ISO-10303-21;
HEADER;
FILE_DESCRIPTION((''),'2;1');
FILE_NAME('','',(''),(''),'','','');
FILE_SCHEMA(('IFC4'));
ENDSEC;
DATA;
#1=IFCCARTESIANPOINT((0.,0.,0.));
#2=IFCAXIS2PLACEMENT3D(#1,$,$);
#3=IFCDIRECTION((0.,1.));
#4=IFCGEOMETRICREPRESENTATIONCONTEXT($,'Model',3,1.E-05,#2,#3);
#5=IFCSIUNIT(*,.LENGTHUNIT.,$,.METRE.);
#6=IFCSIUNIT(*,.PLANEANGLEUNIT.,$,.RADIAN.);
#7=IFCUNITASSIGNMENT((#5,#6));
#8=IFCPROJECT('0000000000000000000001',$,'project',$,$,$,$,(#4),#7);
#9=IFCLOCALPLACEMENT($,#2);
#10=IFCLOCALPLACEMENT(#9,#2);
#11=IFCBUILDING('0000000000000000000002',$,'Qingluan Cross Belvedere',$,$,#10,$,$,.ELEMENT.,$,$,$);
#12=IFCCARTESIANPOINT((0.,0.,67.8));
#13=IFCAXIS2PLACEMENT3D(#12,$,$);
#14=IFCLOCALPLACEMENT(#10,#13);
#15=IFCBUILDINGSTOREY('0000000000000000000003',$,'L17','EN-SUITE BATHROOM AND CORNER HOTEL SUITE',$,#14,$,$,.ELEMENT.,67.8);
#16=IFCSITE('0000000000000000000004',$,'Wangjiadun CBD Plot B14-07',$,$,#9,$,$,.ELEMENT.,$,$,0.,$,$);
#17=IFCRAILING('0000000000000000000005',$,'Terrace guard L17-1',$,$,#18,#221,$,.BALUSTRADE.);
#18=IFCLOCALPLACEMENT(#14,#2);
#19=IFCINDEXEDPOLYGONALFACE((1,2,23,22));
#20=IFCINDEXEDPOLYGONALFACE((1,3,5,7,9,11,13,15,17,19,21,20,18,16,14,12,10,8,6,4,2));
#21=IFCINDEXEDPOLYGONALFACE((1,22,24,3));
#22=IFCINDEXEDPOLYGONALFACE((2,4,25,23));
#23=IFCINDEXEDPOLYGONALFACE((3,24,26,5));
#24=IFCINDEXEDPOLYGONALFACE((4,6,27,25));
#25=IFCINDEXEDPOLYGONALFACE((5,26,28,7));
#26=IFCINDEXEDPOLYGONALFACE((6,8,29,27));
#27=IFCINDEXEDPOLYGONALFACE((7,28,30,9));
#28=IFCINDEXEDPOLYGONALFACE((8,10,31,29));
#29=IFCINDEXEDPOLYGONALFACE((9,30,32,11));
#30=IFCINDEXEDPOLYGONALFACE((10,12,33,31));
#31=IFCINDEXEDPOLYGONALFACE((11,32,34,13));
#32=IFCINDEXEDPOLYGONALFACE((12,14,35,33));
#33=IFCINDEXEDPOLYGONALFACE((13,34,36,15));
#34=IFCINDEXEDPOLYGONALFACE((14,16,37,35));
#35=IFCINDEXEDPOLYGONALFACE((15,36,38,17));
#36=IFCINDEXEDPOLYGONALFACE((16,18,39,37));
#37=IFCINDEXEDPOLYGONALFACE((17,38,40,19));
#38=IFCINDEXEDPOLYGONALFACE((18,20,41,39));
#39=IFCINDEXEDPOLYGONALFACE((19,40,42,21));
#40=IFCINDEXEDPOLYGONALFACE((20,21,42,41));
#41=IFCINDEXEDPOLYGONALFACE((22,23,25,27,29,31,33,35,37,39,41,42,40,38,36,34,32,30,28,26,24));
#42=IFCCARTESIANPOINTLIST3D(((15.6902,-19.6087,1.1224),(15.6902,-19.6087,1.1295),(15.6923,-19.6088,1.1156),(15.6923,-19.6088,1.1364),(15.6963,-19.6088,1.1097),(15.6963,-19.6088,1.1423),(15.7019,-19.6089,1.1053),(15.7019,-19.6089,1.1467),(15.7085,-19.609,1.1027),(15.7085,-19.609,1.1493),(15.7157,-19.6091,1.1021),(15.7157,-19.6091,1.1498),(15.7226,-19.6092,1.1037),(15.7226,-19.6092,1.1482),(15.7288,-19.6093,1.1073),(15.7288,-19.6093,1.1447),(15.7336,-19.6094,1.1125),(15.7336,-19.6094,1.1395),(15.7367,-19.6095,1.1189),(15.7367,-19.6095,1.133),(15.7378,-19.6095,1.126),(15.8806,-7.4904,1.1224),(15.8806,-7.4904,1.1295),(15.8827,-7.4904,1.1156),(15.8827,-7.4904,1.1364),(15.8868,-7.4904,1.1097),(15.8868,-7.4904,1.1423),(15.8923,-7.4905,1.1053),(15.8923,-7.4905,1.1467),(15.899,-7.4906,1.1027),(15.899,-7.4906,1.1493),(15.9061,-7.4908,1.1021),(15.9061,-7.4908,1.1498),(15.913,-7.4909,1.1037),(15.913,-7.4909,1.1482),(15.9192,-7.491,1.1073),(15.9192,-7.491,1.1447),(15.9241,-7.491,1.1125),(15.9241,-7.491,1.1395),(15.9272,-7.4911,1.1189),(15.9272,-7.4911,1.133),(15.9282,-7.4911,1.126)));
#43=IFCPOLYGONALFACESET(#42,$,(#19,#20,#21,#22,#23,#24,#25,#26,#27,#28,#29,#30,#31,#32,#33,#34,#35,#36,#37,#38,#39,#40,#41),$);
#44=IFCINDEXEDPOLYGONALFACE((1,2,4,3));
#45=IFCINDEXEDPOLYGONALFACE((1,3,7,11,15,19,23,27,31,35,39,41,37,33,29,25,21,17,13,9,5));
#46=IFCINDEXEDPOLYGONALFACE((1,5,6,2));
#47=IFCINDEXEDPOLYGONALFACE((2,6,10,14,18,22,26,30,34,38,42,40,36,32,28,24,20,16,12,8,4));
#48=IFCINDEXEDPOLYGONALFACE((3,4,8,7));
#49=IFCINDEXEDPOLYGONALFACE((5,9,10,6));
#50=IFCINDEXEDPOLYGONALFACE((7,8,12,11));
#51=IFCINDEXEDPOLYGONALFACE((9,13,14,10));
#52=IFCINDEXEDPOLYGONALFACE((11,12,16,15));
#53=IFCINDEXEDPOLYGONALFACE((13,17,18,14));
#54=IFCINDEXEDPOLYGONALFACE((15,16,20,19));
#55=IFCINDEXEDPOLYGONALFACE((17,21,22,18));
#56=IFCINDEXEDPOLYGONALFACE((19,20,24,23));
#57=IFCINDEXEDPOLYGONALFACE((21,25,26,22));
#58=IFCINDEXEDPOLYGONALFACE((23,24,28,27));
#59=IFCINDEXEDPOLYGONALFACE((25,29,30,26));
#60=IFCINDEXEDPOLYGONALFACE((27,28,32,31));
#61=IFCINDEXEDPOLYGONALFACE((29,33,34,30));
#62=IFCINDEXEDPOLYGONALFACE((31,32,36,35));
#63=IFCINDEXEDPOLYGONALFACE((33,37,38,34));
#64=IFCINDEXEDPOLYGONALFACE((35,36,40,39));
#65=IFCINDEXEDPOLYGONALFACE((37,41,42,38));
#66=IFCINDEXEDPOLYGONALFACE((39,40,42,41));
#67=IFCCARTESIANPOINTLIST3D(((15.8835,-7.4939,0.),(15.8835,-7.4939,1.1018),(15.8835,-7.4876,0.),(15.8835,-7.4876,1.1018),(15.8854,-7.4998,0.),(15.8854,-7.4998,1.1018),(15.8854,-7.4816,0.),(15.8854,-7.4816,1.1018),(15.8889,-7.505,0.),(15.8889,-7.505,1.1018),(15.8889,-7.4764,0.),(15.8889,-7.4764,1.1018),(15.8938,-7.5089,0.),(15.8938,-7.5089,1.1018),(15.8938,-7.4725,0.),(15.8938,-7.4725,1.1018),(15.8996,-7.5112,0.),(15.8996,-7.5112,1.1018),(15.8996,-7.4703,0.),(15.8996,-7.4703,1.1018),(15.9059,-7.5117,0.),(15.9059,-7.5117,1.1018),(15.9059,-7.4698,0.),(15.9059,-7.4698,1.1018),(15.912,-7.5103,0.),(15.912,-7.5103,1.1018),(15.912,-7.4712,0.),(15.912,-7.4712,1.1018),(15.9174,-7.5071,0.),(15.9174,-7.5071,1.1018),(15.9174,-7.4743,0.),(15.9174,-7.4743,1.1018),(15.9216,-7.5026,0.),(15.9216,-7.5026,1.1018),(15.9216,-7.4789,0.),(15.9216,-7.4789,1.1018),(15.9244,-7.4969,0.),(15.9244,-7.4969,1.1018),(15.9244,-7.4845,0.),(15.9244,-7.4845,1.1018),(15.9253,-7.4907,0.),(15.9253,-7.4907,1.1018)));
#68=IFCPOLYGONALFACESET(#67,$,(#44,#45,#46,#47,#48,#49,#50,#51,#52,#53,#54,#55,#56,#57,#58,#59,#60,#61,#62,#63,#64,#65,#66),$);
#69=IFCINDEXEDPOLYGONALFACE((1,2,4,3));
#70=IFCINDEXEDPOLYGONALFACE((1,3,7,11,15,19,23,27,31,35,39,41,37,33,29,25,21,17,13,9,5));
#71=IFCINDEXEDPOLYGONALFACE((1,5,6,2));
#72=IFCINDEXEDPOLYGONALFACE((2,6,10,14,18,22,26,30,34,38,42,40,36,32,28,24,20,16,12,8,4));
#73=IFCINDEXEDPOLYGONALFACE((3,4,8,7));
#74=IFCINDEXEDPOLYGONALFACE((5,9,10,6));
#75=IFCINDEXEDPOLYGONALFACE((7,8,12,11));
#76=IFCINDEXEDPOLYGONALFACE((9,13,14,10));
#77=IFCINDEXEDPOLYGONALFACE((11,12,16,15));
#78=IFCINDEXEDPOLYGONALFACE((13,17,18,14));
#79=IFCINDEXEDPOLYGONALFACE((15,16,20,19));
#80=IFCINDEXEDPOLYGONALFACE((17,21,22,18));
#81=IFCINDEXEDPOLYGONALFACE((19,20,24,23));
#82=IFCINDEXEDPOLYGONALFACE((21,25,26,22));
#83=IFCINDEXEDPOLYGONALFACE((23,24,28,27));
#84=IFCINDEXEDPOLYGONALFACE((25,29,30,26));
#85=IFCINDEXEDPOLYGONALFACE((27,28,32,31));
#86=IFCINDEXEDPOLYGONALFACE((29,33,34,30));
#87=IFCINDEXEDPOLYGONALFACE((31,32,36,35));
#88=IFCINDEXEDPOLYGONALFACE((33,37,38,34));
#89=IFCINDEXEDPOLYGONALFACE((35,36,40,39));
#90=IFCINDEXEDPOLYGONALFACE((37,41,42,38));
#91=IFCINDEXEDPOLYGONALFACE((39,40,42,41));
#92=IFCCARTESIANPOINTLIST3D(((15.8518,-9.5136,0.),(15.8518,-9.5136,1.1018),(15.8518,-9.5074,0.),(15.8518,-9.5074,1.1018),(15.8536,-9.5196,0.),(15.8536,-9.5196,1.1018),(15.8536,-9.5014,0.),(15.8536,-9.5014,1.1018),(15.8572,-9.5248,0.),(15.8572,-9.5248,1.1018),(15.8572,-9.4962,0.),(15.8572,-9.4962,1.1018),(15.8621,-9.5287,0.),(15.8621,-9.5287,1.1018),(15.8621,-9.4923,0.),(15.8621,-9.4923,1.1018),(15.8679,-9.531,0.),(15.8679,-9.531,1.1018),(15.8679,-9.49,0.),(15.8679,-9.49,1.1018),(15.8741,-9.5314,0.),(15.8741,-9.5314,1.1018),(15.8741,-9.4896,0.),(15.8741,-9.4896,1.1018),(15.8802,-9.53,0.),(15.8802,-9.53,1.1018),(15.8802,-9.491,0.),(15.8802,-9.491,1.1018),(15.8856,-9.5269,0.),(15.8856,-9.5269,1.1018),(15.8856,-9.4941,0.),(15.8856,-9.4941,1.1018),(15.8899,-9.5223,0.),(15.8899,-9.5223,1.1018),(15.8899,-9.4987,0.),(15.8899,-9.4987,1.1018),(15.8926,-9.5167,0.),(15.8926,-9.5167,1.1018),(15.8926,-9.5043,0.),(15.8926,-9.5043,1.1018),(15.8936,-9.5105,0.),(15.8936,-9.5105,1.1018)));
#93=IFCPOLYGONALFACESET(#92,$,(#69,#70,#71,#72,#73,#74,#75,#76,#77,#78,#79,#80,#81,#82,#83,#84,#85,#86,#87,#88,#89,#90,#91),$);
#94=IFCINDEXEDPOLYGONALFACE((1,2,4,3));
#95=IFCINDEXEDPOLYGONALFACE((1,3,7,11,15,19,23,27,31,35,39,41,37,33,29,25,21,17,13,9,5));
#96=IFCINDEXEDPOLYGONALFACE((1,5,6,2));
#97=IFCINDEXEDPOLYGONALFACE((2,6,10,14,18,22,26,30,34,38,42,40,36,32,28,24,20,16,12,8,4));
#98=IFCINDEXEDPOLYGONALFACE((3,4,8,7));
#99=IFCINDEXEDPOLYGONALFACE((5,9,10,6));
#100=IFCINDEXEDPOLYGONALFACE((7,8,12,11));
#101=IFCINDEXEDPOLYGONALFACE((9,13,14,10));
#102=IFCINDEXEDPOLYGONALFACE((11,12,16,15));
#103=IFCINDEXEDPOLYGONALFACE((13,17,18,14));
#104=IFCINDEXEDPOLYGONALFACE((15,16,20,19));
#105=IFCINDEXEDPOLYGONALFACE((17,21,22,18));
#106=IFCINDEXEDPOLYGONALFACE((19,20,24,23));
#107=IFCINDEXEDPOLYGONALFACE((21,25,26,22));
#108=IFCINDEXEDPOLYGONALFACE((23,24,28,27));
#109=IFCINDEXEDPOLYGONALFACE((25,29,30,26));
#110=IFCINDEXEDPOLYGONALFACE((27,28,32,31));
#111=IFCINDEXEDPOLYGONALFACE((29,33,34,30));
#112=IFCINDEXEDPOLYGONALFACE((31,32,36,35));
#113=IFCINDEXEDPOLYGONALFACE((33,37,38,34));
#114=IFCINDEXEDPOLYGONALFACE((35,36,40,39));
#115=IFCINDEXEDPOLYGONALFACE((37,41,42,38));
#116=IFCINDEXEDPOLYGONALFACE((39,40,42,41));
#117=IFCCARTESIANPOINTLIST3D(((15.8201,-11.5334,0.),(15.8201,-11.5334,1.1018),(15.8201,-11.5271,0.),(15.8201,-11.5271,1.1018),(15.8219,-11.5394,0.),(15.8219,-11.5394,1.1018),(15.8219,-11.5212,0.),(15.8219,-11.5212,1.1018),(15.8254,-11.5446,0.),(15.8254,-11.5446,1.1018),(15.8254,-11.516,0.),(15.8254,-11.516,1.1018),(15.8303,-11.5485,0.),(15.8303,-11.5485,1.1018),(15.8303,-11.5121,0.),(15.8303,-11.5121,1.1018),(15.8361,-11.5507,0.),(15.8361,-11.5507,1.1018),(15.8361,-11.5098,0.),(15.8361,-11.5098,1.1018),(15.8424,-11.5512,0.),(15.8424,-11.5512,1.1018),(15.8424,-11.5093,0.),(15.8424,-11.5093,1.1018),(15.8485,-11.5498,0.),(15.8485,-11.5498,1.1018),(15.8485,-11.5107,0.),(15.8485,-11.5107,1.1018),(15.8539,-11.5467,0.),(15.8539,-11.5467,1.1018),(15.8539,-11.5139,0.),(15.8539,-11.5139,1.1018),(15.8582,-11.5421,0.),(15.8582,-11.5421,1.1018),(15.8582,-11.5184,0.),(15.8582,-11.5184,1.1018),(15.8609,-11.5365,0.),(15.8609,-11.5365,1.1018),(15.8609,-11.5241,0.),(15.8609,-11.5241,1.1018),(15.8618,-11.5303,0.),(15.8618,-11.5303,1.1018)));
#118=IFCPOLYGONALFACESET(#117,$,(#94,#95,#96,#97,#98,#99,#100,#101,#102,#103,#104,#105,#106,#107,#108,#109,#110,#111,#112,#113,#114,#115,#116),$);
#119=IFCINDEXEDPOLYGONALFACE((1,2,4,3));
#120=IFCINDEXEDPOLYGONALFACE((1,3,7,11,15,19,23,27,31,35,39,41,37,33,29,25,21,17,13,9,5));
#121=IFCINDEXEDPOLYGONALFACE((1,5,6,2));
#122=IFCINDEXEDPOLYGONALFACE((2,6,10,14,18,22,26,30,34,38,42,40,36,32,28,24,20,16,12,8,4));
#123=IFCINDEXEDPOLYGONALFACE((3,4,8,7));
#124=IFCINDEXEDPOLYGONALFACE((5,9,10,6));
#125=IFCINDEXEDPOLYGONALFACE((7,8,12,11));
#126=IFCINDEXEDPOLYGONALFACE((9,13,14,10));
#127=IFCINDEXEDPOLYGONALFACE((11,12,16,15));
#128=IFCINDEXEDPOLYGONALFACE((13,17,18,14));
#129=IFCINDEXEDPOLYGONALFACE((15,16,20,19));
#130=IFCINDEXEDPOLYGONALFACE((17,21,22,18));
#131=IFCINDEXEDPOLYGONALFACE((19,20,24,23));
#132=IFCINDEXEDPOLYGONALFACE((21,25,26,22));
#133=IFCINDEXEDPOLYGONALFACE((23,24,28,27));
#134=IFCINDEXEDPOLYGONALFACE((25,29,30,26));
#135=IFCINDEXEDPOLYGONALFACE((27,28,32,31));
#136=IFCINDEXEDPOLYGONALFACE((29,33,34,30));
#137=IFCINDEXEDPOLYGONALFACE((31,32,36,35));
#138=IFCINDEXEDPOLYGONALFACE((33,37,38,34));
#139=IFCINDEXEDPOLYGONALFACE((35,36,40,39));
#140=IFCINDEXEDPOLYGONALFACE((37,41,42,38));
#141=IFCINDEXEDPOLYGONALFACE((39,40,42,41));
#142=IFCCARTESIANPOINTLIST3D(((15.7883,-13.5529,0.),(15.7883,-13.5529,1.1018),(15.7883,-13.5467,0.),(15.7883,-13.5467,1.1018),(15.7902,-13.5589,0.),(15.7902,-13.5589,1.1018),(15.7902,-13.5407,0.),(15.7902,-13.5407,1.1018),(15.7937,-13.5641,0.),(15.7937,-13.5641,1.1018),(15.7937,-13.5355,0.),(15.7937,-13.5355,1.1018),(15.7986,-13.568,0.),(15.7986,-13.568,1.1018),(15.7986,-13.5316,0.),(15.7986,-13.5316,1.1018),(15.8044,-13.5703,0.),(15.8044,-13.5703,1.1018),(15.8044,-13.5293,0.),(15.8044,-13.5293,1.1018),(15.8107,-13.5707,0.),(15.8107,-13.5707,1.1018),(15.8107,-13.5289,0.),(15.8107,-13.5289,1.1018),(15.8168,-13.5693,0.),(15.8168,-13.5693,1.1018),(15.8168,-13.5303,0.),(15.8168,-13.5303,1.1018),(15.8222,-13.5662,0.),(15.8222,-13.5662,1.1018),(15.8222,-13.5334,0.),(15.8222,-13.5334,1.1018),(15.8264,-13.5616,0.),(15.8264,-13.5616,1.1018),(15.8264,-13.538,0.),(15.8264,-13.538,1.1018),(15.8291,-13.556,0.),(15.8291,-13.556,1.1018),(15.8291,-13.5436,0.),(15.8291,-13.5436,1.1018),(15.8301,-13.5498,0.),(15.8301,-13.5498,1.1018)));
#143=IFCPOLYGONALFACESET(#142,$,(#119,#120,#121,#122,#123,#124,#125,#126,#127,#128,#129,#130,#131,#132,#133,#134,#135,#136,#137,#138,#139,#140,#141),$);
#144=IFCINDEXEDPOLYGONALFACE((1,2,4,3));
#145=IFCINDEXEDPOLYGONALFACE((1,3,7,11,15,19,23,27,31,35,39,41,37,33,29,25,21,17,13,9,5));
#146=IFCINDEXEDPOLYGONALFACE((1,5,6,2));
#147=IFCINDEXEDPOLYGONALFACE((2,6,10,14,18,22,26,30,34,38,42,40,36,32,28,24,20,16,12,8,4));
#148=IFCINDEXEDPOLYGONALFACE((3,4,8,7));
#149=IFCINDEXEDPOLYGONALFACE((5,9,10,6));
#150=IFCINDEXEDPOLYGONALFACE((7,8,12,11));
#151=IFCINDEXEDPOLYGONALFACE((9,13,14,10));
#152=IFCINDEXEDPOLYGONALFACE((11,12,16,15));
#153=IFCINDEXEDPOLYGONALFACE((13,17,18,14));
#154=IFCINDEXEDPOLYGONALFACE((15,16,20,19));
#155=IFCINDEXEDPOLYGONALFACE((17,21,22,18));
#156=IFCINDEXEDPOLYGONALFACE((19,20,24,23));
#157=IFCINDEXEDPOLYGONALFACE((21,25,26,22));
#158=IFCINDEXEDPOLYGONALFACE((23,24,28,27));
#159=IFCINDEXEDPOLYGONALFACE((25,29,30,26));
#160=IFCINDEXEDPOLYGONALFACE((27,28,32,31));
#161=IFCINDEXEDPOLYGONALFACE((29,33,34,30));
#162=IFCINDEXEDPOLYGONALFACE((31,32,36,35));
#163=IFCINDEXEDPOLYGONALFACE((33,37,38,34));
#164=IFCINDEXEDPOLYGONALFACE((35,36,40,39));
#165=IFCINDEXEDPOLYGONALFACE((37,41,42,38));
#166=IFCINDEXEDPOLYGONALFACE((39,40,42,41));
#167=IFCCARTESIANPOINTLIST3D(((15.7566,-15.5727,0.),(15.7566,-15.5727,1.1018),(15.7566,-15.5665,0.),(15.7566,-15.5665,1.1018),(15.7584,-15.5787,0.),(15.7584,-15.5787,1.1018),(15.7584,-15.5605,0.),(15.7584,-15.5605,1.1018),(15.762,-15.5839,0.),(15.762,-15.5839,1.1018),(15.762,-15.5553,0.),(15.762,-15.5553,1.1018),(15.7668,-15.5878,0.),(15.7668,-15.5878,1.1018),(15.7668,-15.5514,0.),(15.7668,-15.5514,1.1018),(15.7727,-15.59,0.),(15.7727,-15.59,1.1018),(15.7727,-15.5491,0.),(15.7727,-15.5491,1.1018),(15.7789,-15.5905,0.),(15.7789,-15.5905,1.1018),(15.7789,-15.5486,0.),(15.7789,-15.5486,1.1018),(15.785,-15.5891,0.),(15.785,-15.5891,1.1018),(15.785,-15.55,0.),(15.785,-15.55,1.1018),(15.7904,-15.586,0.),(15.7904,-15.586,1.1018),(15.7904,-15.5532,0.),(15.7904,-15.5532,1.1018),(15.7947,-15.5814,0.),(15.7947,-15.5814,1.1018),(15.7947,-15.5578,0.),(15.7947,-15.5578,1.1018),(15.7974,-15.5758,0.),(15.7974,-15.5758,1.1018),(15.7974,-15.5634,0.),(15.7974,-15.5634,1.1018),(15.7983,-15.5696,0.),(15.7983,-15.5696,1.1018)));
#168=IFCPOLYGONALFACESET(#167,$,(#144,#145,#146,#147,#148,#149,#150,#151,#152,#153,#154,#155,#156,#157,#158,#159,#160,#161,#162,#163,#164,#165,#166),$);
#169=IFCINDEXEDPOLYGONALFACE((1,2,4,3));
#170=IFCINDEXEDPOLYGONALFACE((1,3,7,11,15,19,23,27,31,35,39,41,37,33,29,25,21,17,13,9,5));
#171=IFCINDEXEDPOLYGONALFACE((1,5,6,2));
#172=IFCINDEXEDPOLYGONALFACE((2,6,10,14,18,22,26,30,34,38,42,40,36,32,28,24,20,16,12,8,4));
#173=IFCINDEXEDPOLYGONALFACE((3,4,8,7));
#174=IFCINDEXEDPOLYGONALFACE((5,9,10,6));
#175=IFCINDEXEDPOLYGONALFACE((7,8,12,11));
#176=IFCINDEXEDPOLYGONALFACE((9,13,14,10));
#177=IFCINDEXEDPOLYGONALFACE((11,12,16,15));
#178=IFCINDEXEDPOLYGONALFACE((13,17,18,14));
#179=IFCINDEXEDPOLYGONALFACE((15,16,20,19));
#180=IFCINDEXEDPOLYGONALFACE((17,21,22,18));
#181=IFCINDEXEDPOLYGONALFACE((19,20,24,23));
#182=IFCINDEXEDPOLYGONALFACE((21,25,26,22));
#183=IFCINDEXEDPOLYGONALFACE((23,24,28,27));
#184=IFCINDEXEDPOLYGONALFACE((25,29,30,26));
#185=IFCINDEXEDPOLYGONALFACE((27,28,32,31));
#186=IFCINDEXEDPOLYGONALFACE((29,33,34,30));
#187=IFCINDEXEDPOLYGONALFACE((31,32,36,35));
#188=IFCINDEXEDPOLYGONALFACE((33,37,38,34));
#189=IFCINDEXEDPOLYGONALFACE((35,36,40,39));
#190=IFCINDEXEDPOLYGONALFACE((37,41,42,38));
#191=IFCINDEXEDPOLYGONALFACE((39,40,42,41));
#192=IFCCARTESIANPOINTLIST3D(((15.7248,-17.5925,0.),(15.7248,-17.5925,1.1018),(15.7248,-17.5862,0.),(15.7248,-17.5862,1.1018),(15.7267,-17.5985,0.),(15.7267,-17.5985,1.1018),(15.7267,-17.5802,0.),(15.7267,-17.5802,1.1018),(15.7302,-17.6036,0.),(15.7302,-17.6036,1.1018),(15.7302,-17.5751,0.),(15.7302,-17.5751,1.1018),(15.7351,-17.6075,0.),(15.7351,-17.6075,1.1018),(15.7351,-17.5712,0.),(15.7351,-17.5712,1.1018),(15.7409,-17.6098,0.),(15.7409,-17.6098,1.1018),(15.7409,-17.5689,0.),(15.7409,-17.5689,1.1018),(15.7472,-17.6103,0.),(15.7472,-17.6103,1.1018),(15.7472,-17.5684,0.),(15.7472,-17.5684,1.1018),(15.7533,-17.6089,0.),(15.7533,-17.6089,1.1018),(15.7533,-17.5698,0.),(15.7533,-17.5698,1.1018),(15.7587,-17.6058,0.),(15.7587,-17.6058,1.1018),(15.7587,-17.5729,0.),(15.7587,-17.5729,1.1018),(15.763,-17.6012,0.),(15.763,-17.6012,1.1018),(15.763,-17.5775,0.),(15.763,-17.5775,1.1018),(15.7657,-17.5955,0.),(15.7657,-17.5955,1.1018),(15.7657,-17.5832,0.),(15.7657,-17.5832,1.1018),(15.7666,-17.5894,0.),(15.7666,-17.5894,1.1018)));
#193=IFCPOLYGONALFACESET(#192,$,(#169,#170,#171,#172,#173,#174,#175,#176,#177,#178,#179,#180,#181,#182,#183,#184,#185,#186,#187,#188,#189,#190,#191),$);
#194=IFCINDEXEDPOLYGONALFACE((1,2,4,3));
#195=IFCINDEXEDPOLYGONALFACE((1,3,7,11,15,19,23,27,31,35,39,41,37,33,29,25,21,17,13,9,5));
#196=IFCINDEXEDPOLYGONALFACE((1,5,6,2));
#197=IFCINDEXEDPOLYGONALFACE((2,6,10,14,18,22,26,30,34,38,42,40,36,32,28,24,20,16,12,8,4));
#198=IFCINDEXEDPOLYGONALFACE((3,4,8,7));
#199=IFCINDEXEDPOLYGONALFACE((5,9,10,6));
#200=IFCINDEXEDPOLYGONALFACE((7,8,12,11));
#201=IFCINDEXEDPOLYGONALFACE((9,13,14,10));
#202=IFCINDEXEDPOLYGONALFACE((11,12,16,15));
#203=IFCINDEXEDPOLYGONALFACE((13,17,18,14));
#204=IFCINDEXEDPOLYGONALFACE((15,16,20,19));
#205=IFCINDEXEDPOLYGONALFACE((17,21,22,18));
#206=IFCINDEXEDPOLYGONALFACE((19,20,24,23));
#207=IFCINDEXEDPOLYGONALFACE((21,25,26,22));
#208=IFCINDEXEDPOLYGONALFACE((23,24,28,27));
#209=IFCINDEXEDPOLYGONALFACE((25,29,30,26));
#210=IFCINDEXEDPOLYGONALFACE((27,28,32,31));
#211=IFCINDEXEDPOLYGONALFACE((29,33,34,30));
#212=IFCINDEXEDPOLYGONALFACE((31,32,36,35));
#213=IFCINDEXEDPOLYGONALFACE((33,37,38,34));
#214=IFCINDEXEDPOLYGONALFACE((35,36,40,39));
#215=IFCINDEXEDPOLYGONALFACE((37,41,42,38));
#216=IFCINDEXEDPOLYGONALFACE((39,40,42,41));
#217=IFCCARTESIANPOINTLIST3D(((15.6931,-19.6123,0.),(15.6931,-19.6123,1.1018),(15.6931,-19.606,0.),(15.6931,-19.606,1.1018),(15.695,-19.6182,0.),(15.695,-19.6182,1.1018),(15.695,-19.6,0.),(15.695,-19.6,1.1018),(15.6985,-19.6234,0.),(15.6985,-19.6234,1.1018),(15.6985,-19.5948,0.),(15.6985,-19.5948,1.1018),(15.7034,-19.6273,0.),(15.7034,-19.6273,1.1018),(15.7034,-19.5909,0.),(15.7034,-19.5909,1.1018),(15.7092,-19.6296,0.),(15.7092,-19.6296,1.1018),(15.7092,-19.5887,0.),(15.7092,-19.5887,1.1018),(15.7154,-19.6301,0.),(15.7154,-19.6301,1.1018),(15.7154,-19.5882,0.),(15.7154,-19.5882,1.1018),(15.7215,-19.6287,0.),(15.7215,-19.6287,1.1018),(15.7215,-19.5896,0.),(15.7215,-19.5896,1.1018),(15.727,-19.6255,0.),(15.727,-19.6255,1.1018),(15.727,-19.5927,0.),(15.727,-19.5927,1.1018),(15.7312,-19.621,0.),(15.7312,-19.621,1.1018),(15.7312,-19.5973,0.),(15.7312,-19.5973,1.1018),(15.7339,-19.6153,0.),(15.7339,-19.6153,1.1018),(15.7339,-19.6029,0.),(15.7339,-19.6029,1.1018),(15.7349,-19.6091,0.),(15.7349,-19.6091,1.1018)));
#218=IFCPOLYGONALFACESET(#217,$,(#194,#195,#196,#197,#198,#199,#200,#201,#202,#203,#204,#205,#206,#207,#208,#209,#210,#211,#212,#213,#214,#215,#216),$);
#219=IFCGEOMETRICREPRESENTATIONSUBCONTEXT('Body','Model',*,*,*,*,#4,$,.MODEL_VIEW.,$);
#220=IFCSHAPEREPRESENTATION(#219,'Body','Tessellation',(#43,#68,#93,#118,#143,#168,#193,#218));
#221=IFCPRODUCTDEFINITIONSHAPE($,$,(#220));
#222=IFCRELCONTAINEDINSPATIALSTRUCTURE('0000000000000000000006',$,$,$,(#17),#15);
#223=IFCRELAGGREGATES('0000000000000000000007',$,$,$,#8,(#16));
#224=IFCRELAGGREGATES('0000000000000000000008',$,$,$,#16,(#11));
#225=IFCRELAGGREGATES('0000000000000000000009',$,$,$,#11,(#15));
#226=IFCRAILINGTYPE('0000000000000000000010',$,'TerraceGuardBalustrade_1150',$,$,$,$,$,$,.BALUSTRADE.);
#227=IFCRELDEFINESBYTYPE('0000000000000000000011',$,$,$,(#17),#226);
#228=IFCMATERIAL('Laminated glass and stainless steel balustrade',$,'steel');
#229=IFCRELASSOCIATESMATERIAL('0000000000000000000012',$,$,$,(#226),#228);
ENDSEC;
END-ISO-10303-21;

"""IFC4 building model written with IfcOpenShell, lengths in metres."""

from ifc_helpers import new_model, si_unit, direction, frame, origin, origin_2d, place, context, subcontext, project, spatial, circle, extrude, material, type_object, element, save


model = new_model("IFC4")

# Units and contexts
model_context = context("Model", 3, precision=1e-05, world=origin(), true_north=direction((0.0, 1.0)))
body_context = subcontext(model_context, "Body", "Model", "MODEL_VIEW")
ifc_project = project(units=[si_unit("LENGTHUNIT", "METRE"), si_unit("PLANEANGLEUNIT", "RADIAN")], contexts=[model_context])

# Site, building, storey
site_placement = place(None, origin())
site = spatial("IfcSite", under=ifc_project, at=site_placement, Name="Wangjiadun CBD Plot B14-07", CompositionType="ELEMENT", RefElevation=0.0)
building_placement = place(site_placement, origin())
building = spatial("IfcBuilding", under=site, at=building_placement, Name="Qingluan Cross Belvedere", CompositionType="ELEMENT")
storey_placement = place(building_placement, frame((0.0, 0.0, 67.8)))
storey = spatial("IfcBuildingStorey", under=building, at=storey_placement, Name="L17", Description="EN-SUITE BATHROOM AND CORNER HOTEL SUITE", CompositionType="ELEMENT", Elevation=67.8)

# Railing
ifc_material_1 = material(Name="Laminated glass and stainless steel balustrade", Category="steel")
railing_type = type_object("IfcRailingType", Name="TerraceGuardBalustrade_1150", PredefinedType="BALUSTRADE", material=ifc_material_1)
railing_1_placement = place(storey_placement, frame((15.9043, -7.4907, 0.0)))
element("IfcRailing", 1, at=railing_1_placement, inside=storey, type_object=railing_type, Name="Terrace guard L17-1", PredefinedType="BALUSTRADE", context=body_context, shape_type="SweptSolid", body=[
    extrude(circle(Radius=0.0239, at=origin_2d()), frame((0.0, 0.0, 1.126), z_axis=(-0.015712, -0.999877, 0.0), x_axis=(0.999877, -0.015712, 0.0)), (0.0, 0.0, 1.0), 12.1199),
    extrude(circle(Radius=0.021, at=origin_2d()), origin(), (0.0, 0.0, 1.0), 1.1018),
    extrude(circle(Radius=0.021, at=origin_2d()), frame((-0.0317, -2.0198, 0.0)), (0.0, 0.0, 1.0), 1.1018),
    extrude(circle(Radius=0.021, at=origin_2d()), frame((-0.0635, -4.0396, 0.0)), (0.0, 0.0, 1.0), 1.1018),
    extrude(circle(Radius=0.021, at=origin_2d()), frame((-0.0952, -6.0591, 0.0)), (0.0, 0.0, 1.0), 1.1018),
    extrude(circle(Radius=0.021, at=origin_2d()), frame((-0.127, -8.0789, 0.0)), (0.0, 0.0, 1.0), 1.1018),
    extrude(circle(Radius=0.021, at=origin_2d()), frame((-0.1587, -10.0986, 0.0)), (0.0, 0.0, 1.0), 1.1018),
    extrude(circle(Radius=0.021, at=origin_2d()), frame((-0.1904, -12.1184, 0.0)), (0.0, 0.0, 1.0), 1.1018),
])

save(model, "model.ifc")
